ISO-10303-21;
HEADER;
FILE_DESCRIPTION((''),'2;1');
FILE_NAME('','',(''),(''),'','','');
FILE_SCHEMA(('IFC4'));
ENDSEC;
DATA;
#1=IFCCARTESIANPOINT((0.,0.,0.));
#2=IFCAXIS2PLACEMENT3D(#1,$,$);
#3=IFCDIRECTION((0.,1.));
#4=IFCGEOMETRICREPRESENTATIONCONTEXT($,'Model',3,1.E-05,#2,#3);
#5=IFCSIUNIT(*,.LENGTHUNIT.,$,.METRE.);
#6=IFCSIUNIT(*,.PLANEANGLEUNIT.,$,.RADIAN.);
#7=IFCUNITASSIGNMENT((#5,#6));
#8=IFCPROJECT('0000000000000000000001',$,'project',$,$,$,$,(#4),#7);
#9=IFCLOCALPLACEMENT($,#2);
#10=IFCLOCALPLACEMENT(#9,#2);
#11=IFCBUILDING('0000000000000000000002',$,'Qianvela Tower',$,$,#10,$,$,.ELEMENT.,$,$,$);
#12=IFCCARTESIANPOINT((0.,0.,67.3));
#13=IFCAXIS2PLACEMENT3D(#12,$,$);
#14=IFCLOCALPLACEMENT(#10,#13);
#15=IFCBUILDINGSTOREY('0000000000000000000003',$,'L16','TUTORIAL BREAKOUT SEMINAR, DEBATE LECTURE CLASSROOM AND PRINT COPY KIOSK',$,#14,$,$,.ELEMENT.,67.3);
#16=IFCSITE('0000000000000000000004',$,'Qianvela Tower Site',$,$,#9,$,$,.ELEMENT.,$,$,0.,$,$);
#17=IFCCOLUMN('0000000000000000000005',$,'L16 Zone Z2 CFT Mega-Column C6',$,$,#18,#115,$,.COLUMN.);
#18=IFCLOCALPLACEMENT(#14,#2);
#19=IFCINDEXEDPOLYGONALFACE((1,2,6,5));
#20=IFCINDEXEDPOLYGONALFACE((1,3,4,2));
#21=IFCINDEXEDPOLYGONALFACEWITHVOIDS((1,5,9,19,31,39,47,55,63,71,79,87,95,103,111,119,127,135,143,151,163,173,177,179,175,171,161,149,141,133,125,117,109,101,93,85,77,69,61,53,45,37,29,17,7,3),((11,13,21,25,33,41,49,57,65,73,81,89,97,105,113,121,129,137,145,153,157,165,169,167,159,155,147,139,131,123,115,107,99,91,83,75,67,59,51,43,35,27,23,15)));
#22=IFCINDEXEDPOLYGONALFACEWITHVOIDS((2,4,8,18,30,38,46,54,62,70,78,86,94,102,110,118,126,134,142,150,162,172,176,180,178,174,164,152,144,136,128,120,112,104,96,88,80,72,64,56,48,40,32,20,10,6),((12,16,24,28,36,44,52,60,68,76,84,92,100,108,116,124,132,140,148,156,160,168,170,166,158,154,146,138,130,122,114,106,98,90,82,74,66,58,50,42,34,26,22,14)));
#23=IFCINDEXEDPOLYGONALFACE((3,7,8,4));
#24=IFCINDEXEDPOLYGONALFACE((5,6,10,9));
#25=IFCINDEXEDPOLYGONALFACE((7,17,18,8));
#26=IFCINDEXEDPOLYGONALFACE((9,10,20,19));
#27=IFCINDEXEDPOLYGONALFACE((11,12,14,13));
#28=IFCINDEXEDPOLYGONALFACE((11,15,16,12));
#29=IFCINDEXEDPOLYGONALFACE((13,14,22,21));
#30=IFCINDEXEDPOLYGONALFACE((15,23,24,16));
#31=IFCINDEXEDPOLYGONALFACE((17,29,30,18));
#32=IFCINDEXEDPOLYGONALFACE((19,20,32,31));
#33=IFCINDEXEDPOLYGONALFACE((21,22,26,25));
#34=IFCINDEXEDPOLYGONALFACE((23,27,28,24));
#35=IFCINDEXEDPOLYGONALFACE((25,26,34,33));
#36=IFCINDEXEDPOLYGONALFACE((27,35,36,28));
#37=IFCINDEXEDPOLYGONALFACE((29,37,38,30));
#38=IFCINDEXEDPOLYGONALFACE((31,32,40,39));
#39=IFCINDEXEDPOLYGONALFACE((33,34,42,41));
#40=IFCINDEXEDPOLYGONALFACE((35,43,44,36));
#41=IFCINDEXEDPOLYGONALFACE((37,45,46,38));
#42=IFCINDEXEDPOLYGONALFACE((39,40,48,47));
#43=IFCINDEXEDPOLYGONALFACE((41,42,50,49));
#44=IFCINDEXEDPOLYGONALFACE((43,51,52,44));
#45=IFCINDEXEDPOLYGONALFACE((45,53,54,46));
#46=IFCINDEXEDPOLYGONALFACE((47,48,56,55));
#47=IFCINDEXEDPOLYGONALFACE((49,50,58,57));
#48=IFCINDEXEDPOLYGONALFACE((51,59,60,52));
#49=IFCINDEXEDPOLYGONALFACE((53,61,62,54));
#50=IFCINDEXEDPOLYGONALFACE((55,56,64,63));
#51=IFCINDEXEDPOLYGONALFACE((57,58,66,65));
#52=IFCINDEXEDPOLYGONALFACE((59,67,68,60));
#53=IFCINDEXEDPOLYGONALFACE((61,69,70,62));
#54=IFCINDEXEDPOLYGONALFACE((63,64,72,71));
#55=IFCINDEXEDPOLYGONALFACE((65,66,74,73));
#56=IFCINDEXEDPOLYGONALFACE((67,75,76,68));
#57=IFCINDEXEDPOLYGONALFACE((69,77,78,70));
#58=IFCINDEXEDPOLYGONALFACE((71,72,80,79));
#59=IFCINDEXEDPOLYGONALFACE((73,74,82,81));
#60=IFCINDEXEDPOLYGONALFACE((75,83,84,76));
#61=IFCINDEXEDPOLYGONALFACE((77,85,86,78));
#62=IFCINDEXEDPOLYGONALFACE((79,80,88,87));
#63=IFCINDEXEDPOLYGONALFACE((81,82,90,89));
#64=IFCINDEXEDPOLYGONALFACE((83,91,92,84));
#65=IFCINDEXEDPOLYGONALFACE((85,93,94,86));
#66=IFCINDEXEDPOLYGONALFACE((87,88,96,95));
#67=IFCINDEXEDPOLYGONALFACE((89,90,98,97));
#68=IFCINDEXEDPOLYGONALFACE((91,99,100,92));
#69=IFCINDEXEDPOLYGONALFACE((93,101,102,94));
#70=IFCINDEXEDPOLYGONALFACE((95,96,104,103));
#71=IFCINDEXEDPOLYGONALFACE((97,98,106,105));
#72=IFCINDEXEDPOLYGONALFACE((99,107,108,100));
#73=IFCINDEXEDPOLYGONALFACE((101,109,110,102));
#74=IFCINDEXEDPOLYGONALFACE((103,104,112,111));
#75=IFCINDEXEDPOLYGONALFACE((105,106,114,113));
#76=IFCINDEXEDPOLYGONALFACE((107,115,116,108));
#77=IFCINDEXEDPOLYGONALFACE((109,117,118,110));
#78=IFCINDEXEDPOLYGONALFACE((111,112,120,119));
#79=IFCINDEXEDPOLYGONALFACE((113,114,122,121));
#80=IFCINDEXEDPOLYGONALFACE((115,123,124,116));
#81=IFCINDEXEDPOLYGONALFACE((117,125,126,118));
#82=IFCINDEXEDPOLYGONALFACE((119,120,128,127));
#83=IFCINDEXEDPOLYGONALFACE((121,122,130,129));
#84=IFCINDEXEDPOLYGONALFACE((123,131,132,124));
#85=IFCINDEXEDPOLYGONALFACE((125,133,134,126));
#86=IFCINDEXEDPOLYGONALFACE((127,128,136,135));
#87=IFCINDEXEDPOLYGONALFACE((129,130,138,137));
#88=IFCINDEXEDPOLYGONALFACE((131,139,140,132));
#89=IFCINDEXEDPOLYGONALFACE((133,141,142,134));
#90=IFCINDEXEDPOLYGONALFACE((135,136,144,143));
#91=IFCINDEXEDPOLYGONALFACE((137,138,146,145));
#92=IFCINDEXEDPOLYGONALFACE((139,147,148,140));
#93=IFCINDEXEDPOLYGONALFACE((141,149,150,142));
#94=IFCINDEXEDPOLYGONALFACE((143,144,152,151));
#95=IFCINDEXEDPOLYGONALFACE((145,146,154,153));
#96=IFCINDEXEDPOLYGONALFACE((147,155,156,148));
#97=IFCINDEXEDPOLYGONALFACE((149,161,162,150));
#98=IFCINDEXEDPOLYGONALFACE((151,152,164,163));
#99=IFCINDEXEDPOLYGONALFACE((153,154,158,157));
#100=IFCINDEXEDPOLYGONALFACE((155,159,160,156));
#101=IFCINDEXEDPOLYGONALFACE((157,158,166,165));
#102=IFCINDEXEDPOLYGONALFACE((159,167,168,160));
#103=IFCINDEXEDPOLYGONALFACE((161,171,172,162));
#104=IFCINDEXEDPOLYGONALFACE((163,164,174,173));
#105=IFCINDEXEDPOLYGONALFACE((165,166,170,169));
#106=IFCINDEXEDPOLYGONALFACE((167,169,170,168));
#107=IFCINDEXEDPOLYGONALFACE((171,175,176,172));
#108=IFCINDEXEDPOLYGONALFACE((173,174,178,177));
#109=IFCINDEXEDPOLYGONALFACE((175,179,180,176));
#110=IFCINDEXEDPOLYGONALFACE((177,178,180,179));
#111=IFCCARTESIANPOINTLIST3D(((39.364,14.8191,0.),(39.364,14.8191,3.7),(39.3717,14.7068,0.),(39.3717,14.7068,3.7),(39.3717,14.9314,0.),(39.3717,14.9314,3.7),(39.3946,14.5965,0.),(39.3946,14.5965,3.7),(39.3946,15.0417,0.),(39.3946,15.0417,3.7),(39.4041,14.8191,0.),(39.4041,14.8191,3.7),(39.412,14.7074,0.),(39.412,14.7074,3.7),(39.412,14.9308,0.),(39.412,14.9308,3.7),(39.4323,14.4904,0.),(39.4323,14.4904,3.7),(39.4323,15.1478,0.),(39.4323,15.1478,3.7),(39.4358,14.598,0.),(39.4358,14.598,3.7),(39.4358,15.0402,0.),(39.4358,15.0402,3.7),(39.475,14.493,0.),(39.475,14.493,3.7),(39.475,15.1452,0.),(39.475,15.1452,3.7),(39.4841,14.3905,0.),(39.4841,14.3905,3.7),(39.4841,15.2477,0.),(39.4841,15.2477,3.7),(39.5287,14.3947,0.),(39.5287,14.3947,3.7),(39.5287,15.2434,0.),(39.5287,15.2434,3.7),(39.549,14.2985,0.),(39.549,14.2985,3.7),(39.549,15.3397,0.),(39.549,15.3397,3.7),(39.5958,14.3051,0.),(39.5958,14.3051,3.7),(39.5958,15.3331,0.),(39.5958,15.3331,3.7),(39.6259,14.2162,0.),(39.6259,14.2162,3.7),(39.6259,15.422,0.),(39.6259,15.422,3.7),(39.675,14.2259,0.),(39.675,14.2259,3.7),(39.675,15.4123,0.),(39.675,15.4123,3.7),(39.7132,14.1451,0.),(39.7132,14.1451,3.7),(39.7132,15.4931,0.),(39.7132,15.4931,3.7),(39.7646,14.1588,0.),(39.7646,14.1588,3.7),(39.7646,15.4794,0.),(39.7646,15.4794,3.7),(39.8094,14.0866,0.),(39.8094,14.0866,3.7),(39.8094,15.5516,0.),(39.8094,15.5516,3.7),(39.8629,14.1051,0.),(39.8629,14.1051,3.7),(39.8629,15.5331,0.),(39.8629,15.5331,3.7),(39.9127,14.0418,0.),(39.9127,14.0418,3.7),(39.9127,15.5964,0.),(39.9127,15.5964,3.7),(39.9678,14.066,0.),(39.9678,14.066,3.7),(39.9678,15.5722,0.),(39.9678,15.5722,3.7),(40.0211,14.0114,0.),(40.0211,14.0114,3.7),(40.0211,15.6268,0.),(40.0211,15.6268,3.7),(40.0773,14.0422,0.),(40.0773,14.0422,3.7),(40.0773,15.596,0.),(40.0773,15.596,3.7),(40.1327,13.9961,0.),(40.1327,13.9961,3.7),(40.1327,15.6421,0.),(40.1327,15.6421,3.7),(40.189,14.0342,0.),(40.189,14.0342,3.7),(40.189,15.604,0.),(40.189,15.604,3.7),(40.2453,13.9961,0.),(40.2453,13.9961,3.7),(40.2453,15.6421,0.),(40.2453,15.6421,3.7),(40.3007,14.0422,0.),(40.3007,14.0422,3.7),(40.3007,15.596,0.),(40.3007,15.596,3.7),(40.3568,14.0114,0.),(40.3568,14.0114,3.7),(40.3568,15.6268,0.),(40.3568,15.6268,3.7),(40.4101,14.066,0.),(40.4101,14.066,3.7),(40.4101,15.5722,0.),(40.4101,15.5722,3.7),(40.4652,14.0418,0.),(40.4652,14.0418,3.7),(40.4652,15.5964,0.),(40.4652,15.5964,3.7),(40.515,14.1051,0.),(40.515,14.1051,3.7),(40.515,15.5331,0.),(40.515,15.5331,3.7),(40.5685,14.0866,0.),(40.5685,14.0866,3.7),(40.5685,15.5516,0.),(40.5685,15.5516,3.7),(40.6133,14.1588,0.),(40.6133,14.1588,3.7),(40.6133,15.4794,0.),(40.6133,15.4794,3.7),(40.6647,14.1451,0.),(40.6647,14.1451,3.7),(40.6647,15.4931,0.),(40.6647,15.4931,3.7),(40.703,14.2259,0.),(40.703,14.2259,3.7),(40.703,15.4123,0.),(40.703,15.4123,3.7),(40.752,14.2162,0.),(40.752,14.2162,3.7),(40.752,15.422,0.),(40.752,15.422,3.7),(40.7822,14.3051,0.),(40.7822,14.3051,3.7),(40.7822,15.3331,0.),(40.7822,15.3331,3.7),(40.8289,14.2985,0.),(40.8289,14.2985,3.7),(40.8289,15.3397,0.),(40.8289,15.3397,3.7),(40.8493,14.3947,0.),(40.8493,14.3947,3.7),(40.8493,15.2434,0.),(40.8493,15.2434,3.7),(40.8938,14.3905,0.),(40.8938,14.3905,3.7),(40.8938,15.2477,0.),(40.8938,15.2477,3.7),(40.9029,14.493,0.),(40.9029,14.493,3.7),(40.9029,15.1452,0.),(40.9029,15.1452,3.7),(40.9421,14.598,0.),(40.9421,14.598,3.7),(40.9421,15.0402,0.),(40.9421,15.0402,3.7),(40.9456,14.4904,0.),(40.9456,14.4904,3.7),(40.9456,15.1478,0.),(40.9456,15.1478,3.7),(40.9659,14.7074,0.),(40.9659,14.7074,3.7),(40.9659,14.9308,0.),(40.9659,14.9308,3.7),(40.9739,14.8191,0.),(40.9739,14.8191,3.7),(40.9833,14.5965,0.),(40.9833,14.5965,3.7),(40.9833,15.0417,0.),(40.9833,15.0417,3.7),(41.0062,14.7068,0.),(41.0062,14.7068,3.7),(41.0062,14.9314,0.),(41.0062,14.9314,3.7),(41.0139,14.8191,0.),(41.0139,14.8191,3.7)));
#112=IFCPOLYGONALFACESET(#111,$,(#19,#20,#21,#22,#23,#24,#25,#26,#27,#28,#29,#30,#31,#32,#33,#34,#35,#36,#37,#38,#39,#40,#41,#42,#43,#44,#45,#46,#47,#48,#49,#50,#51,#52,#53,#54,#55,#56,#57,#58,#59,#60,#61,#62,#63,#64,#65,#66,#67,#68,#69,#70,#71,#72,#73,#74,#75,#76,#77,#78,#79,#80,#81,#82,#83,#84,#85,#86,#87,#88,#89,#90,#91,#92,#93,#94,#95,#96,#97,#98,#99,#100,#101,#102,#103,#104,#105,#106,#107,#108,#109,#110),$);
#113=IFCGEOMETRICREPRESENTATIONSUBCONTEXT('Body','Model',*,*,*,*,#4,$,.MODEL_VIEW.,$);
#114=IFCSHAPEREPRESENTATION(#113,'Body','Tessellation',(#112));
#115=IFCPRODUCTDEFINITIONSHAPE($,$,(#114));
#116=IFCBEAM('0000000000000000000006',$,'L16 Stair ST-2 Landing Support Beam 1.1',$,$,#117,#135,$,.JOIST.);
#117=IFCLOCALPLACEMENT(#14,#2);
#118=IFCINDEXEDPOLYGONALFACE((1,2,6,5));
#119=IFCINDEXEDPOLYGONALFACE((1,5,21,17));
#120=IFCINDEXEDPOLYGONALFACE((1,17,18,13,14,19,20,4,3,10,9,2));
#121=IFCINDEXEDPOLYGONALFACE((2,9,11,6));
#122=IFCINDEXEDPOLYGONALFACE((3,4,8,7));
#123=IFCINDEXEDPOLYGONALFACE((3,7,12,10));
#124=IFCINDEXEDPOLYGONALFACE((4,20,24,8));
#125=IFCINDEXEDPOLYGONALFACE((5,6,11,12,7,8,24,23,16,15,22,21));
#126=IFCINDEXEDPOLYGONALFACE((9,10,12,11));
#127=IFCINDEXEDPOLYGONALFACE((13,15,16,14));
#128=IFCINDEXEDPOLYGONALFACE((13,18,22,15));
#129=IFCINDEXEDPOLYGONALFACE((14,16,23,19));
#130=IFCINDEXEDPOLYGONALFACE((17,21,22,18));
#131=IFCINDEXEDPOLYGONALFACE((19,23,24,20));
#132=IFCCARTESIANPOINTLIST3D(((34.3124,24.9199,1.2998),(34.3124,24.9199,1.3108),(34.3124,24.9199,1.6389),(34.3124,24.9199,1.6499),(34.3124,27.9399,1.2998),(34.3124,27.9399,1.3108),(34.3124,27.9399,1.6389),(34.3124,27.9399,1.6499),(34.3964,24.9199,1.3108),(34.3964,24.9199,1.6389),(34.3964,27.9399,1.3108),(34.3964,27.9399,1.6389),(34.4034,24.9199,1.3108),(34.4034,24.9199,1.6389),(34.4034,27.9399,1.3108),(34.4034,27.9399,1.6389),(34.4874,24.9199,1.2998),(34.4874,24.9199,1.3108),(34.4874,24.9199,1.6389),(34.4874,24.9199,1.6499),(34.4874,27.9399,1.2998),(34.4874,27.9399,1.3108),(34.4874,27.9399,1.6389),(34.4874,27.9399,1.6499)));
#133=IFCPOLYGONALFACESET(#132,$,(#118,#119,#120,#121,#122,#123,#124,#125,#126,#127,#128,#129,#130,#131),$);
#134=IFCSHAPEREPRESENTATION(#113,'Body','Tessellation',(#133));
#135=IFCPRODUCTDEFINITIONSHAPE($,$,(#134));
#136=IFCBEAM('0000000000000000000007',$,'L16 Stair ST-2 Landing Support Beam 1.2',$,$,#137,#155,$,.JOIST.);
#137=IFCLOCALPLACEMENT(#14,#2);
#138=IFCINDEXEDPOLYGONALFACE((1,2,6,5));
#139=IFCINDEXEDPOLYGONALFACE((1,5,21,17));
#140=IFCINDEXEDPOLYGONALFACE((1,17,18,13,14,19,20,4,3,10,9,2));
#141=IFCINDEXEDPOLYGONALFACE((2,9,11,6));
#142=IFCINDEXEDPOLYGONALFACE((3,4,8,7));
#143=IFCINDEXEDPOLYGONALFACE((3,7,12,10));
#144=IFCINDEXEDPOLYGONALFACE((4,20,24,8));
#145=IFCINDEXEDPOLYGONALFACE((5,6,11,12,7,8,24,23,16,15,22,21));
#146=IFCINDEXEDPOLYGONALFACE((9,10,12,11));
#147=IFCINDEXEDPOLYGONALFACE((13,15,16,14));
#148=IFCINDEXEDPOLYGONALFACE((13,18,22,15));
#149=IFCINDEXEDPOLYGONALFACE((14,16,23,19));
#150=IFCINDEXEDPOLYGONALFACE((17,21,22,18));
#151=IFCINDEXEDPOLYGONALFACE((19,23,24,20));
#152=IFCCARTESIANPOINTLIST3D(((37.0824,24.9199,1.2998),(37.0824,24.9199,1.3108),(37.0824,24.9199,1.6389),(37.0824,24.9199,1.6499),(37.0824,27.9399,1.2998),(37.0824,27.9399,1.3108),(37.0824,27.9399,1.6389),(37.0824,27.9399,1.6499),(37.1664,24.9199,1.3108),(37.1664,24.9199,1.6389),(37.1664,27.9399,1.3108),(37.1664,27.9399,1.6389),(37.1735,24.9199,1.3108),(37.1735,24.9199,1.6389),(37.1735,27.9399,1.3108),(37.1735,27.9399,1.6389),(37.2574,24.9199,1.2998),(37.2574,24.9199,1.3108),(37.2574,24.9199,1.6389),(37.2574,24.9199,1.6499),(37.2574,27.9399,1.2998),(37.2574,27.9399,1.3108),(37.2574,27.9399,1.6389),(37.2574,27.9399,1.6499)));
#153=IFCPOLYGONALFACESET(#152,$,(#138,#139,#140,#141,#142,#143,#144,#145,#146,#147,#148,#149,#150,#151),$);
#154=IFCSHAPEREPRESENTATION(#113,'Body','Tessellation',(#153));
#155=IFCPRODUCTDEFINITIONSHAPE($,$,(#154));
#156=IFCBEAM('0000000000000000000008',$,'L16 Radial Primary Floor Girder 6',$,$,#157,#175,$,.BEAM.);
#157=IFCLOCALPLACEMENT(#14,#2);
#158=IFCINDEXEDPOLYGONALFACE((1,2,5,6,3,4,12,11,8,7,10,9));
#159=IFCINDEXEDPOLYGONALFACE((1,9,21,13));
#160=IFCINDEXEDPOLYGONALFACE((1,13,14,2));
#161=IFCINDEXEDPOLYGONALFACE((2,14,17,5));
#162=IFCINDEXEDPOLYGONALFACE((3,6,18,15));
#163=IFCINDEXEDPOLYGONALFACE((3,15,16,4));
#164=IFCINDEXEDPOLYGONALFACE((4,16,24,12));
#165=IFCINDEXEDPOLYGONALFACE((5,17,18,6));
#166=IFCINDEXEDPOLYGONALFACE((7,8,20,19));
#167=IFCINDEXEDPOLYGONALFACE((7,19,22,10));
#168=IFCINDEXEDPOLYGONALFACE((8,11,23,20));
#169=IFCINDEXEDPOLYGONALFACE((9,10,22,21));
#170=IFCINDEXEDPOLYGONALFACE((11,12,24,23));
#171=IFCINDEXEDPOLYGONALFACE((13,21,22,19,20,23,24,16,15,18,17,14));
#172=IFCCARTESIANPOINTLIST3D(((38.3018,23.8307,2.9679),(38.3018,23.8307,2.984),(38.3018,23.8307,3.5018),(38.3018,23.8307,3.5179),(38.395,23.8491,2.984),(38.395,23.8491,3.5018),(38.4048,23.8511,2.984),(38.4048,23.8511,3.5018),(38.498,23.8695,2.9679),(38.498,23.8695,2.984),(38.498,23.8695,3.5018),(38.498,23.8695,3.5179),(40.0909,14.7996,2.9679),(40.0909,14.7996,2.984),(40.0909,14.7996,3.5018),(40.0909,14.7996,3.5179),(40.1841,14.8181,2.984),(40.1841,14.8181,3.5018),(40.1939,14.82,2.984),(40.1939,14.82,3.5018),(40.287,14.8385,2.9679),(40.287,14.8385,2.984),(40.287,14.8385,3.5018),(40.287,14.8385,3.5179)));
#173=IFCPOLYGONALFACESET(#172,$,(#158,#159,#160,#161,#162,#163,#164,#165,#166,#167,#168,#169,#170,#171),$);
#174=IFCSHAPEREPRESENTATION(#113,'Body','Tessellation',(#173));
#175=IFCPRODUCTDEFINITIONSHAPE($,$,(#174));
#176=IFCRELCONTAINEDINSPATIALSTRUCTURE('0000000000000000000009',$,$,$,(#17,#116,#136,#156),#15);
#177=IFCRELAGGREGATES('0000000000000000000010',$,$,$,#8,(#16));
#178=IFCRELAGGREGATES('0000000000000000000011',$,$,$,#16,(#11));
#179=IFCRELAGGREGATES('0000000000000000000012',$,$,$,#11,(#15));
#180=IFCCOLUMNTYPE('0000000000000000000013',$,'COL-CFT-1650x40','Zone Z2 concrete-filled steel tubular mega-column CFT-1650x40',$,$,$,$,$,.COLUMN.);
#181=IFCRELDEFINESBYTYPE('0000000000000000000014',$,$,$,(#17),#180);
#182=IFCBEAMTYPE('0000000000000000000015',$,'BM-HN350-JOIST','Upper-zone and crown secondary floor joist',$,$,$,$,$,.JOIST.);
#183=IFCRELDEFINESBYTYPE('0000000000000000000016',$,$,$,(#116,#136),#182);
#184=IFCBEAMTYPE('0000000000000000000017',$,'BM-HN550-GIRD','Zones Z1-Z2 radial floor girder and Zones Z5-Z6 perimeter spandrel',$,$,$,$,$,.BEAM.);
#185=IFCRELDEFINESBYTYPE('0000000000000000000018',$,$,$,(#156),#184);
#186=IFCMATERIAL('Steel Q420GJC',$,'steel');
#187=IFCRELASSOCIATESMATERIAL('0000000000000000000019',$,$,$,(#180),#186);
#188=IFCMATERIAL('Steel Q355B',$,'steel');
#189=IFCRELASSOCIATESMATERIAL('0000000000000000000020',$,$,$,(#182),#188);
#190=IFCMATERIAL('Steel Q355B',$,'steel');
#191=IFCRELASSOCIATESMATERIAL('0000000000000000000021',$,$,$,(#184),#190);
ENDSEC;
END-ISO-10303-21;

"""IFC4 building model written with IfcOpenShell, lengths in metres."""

from ifc_helpers import new_model, si_unit, direction, frame, origin, origin_2d, place, context, subcontext, project, spatial, hollow_circle, i_section, extrude, material, material_profile, profile_set, type_object, element, save


model = new_model("IFC4")

# Units and contexts
model_context = context("Model", 3, precision=1e-05, world=origin(), true_north=direction((0.0, 1.0)))
body_context = subcontext(model_context, "Body", "Model", "MODEL_VIEW")
ifc_project = project(units=[si_unit("LENGTHUNIT", "METRE"), si_unit("PLANEANGLEUNIT", "RADIAN")], contexts=[model_context])

# Site, building, storey
site_placement = place(None, origin())
site = spatial("IfcSite", under=ifc_project, at=site_placement, Name="Qianvela Tower Site", CompositionType="ELEMENT", RefElevation=0.0)
building_placement = place(site_placement, origin())
building = spatial("IfcBuilding", under=site, at=building_placement, Name="Qianvela Tower", CompositionType="ELEMENT")
storey_placement = place(building_placement, frame((0.0, 0.0, 67.3)))
storey = spatial("IfcBuildingStorey", under=building, at=storey_placement, Name="L16", Description="TUTORIAL BREAKOUT SEMINAR, DEBATE LECTURE CLASSROOM AND PRINT COPY KIOSK", CompositionType="ELEMENT", Elevation=67.3)

# Column
ifc_material_1 = material(Name="Steel Q420GJC", Category="steel")
ifc_material_profile_1 = material_profile(ifc_material_1, hollow_circle(Radius=0.825, WallThickness=0.04, at=origin_2d()), Name="CFT-1650x40")
ifc_profile_set_1 = profile_set([ifc_material_profile_1], Name="Steel Q420GJC")
column_type = type_object("IfcColumnType", Name="COL-CFT-1650x40", Description="Zone Z2 concrete-filled steel tubular mega-column CFT-1650x40", PredefinedType="COLUMN", material=ifc_profile_set_1)
for number, where, z_axis, x_axis, name in (
    (1, (40.189, 14.8191, 0.0), (0.0, 0.0, 1.0), (1.0, 0.0, 0.0), "L16 Zone Z2 CFT Mega-Column C6"),
):
    element("IfcColumn", number, at=place(storey_placement, frame(where, z_axis=z_axis, x_axis=x_axis)), inside=storey, type_object=column_type, Name=name, PredefinedType="COLUMN", context=body_context, shape_type="SweptSolid", body=[
        extrude(hollow_circle(Radius=0.825, WallThickness=0.04, at=origin_2d()), origin(), (0.0, 0.0, 1.0), 3.7),
    ])

# Beams
ifc_material_2 = material(Name="Steel Q355B", Category="steel")
ifc_material_profile_2 = material_profile(ifc_material_2, i_section(OverallWidth=0.175, OverallDepth=0.3501, WebThickness=0.0071, FlangeThickness=0.011, at=origin_2d()), Name="HN350x175x7x11")
ifc_profile_set_2 = profile_set([ifc_material_profile_2], Name="Steel Q355B")
beam_type_1 = type_object("IfcBeamType", Name="BM-HN350-JOIST", Description="Upper-zone and crown secondary floor joist", PredefinedType="JOIST", material=ifc_profile_set_2)
for number, where, z_axis, x_axis, name in (
    (2, (34.3999, 24.9199, 1.4749), (0.0, 1.0, 0.0), (-1.0, 0.0, 0.0), "L16 Stair ST-2 Landing Support Beam 1.1"),
    (3, (37.1699, 24.9199, 1.4749), (0.0, 1.0, 0.0), (-1.0, 0.0, 0.0), "L16 Stair ST-2 Landing Support Beam 1.2"),
):
    element("IfcBeam", number, at=place(storey_placement, frame(where, z_axis=z_axis, x_axis=x_axis)), inside=storey, type_object=beam_type_1, Name=name, PredefinedType="JOIST", context=body_context, shape_type="SweptSolid", body=[
        extrude(i_section(OverallWidth=0.175, OverallDepth=0.3501, WebThickness=0.0071, FlangeThickness=0.011, at=origin_2d()), origin(), (0.0, 0.0, 1.0), 3.02),
    ])
ifc_material_3 = material(Name="Steel Q355B", Category="steel")
ifc_material_profile_3 = material_profile(ifc_material_3, i_section(OverallWidth=0.2, OverallDepth=0.55, WebThickness=0.01, FlangeThickness=0.0161, at=origin_2d()), Name="HN550x200x10x16")
ifc_profile_set_3 = profile_set([ifc_material_profile_3], Name="Steel Q355B")
beam_type_2 = type_object("IfcBeamType", Name="BM-HN550-GIRD", Description="Zones Z1-Z2 radial floor girder and Zones Z5-Z6 perimeter spandrel", PredefinedType="BEAM", material=ifc_profile_set_3)
beam_1_placement = place(storey_placement, frame((38.3999, 23.8501, 3.2429), z_axis=(0.194326, -0.980937, 0.0), x_axis=(0.980937, 0.194326, 0.0)))
element("IfcBeam", 4, at=beam_1_placement, inside=storey, type_object=beam_type_2, Name="L16 Radial Primary Floor Girder 6", PredefinedType="BEAM", context=body_context, shape_type="SweptSolid", body=[
    extrude(i_section(OverallWidth=0.2, OverallDepth=0.55, WebThickness=0.01, FlangeThickness=0.0161, at=origin_2d()), origin(), (0.0, 0.0, 1.0), 9.2065),
])

save(model, "model.ifc")
